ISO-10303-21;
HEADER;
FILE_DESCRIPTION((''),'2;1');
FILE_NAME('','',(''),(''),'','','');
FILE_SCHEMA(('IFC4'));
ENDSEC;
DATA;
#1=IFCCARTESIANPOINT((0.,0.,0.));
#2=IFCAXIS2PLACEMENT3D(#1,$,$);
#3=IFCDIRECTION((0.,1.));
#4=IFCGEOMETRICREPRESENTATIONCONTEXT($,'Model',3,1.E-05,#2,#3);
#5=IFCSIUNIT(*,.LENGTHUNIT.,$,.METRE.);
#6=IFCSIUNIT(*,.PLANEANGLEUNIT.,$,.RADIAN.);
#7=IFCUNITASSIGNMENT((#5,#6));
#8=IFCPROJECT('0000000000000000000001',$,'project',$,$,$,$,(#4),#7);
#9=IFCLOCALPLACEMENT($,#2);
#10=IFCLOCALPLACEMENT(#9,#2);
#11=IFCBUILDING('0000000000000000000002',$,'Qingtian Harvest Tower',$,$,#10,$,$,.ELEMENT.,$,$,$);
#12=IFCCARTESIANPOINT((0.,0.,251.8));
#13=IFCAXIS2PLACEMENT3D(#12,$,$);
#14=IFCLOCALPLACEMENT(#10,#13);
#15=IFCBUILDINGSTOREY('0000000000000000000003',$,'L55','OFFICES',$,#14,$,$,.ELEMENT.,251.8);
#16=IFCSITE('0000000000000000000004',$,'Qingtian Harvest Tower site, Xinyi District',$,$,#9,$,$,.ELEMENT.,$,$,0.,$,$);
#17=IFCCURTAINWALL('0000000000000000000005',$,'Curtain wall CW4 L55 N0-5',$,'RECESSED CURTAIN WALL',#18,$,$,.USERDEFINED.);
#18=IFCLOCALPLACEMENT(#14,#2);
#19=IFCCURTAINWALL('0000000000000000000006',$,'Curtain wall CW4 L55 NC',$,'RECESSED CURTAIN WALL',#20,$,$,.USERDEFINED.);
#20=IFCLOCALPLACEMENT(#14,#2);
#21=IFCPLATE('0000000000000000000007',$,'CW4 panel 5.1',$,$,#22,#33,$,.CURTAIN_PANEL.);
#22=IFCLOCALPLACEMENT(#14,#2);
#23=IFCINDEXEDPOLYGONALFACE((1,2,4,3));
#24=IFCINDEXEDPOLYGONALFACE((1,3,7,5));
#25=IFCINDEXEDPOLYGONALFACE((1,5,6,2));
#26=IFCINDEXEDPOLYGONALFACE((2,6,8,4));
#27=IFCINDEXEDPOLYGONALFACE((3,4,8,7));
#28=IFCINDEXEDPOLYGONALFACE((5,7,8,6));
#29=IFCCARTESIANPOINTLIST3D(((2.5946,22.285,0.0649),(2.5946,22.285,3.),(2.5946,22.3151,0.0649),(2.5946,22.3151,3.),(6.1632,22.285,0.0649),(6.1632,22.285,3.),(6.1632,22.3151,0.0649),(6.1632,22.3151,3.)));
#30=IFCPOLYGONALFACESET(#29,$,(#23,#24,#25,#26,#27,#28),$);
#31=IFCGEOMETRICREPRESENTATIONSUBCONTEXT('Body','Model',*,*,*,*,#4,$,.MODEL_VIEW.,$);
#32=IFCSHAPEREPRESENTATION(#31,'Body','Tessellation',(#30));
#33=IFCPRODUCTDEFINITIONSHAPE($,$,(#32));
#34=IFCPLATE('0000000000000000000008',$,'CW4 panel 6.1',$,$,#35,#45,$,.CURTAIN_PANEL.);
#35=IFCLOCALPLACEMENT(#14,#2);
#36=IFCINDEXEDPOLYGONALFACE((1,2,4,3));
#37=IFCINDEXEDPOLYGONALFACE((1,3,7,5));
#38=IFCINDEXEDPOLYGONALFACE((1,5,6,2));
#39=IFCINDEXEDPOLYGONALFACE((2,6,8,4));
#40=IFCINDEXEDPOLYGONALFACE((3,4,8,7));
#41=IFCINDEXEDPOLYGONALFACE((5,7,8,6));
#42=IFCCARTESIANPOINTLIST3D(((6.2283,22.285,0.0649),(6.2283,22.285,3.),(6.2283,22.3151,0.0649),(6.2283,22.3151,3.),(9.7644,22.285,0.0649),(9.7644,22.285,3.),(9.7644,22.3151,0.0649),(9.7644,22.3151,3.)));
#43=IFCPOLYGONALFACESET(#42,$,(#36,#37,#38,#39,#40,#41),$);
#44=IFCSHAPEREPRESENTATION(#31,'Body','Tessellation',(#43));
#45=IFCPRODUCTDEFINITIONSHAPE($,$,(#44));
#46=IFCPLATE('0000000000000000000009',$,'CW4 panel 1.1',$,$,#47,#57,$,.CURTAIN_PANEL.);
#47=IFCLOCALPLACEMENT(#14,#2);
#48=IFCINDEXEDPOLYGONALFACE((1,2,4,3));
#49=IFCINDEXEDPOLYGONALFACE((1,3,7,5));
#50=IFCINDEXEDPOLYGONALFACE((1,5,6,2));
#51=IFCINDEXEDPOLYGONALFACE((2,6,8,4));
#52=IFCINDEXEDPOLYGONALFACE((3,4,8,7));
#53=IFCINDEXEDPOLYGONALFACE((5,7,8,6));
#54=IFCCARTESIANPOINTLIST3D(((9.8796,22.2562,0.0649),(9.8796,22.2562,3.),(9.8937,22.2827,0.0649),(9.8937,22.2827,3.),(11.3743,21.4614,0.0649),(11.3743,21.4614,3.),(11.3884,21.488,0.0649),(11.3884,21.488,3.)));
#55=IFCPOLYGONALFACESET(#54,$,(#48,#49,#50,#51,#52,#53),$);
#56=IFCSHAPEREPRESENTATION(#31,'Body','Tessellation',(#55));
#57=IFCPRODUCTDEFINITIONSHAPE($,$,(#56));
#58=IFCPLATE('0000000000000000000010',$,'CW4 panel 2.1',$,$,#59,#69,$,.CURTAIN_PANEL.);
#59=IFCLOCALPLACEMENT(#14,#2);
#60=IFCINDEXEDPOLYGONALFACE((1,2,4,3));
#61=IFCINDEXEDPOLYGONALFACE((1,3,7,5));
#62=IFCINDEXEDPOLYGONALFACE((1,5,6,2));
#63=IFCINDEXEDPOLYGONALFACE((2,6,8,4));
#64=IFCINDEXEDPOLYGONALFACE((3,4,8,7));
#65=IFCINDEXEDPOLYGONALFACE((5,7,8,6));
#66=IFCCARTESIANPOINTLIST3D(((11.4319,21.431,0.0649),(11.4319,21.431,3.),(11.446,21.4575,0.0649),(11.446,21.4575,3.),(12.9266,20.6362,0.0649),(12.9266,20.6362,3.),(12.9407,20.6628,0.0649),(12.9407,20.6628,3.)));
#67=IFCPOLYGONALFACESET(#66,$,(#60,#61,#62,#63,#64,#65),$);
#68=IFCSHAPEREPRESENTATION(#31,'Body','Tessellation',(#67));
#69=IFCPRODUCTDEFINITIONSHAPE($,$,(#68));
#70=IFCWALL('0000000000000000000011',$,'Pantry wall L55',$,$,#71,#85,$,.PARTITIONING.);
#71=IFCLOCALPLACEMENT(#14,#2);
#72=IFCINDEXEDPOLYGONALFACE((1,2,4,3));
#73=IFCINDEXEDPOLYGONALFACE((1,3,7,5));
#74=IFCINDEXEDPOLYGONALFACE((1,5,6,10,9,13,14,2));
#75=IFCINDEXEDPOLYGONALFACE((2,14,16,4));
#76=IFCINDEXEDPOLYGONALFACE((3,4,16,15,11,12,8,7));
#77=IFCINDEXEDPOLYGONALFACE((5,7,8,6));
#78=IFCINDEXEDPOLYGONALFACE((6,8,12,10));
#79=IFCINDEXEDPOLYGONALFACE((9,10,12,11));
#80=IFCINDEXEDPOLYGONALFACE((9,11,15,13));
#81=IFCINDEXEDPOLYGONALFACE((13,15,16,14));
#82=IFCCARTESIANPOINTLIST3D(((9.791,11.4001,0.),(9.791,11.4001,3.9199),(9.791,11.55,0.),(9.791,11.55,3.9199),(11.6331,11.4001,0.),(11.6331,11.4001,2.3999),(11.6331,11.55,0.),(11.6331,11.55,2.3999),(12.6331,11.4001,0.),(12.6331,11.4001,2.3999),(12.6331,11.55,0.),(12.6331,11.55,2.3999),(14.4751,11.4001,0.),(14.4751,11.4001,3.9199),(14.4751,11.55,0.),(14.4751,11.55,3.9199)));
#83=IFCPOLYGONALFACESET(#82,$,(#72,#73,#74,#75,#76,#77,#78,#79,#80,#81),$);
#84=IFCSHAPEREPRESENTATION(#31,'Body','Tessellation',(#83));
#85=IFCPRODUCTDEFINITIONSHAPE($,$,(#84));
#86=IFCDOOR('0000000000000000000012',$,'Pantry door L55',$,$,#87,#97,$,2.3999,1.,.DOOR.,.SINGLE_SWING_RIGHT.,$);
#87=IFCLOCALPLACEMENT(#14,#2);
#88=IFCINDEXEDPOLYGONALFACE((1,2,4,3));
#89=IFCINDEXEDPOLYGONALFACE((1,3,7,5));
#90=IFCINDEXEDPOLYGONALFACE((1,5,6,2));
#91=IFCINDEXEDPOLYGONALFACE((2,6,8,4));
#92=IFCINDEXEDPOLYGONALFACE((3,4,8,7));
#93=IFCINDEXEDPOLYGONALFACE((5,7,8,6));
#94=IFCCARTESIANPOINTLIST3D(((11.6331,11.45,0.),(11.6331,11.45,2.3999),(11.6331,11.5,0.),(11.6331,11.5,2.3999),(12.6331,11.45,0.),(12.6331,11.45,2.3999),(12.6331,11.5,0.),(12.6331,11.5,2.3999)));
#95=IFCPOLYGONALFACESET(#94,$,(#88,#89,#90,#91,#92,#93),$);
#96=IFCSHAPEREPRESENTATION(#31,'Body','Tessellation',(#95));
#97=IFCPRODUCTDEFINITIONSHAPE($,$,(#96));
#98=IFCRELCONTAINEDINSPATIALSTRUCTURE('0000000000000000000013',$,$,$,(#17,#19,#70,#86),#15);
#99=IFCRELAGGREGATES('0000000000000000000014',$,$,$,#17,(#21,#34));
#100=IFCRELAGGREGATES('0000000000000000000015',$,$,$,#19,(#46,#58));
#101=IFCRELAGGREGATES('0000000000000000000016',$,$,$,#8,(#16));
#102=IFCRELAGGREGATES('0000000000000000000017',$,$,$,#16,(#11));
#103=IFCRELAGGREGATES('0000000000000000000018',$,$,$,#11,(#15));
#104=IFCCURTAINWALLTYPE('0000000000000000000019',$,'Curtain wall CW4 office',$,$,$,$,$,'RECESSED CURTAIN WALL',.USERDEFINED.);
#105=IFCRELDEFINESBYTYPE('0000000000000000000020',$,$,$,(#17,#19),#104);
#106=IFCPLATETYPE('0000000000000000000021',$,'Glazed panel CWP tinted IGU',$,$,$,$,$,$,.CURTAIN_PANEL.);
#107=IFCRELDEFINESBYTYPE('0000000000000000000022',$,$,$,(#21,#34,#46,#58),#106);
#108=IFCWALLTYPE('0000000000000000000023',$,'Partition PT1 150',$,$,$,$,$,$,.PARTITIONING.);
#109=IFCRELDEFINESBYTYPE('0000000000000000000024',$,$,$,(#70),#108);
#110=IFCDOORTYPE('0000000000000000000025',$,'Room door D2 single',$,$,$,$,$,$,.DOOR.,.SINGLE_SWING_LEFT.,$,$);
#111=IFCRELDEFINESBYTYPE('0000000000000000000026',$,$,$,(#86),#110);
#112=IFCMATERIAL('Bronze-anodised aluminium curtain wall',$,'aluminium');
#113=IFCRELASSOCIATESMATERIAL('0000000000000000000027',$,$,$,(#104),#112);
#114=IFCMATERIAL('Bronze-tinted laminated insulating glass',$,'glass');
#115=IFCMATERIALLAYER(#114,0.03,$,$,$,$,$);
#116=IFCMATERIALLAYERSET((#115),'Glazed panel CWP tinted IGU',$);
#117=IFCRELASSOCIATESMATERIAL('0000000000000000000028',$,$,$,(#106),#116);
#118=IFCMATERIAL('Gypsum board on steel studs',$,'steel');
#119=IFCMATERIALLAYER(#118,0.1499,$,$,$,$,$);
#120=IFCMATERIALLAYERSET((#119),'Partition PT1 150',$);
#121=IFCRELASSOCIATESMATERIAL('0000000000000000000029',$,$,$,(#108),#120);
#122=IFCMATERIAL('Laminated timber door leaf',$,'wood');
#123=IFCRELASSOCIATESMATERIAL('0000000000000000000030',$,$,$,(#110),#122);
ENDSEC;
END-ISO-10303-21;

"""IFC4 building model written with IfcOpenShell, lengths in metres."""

from ifc_helpers import new_model, si_unit, direction, frame, frame_2d, origin, origin_2d, place, context, subcontext, project, spatial, rectangle, extrude, material, layer, layer_set, type_object, element, fill, aggregate, save


model = new_model("IFC4")

# Units and contexts
model_context = context("Model", 3, precision=1e-05, world=origin(), true_north=direction((0.0, 1.0)))
body_context = subcontext(model_context, "Body", "Model", "MODEL_VIEW")
ifc_project = project(units=[si_unit("LENGTHUNIT", "METRE"), si_unit("PLANEANGLEUNIT", "RADIAN")], contexts=[model_context])

# Site, building, storey
site_placement = place(None, origin())
site = spatial("IfcSite", under=ifc_project, at=site_placement, Name="Qingtian Harvest Tower site, Xinyi District", CompositionType="ELEMENT", RefElevation=0.0)
building_placement = place(site_placement, origin())
building = spatial("IfcBuilding", under=site, at=building_placement, Name="Qingtian Harvest Tower", CompositionType="ELEMENT")
storey_placement = place(building_placement, frame((0.0, 0.0, 251.8)))
storey = spatial("IfcBuildingStorey", under=building, at=storey_placement, Name="L55", Description="OFFICES", CompositionType="ELEMENT", Elevation=251.8)

# Curtain walls
ifc_material_1 = material(Name="Bronze-anodised aluminium curtain wall", Category="aluminium")
curtain_wall_type = type_object("IfcCurtainWallType", Name="Curtain wall CW4 office", ElementType="RECESSED CURTAIN WALL", PredefinedType="USERDEFINED", material=ifc_material_1)
curtain_wall_1_placement = place(storey_placement, origin())
curtain_wall_1 = element("IfcCurtainWall", 1, at=curtain_wall_1_placement, inside=storey, type_object=curtain_wall_type, Name="Curtain wall CW4 L55 N0-5", ObjectType="RECESSED CURTAIN WALL", PredefinedType="USERDEFINED")
curtain_wall_2_placement = place(storey_placement, origin())
curtain_wall_2 = element("IfcCurtainWall", 2, at=curtain_wall_2_placement, inside=storey, type_object=curtain_wall_type, Name="Curtain wall CW4 L55 NC", ObjectType="RECESSED CURTAIN WALL", PredefinedType="USERDEFINED")

# Plates
ifc_material_2 = material(Name="Bronze-tinted laminated insulating glass", Category="glass")
ifc_layer_1 = layer(ifc_material_2, 0.03)
ifc_layer_set_1 = layer_set([ifc_layer_1], Name="Glazed panel CWP tinted IGU")
plate_type = type_object("IfcPlateType", Name="Glazed panel CWP tinted IGU", PredefinedType="CURTAIN_PANEL", material=ifc_layer_set_1)
plate_1_placement = place(storey_placement, frame((4.3789, 22.3, 0.0649), z_axis=(0.0, 0.0, 1.0), x_axis=(1.0, 0.0, 0.0)))
plate_1 = element("IfcPlate", 3, at=plate_1_placement, type_object=plate_type, Name="CW4 panel 5.1", PredefinedType="CURTAIN_PANEL", context=body_context, shape_type="SweptSolid", body=[
    extrude(rectangle(XDim=3.5686, YDim=0.03, at=origin_2d()), origin(), (0.0, 0.0, 1.0), 2.9351),
])
plate_2_placement = place(storey_placement, frame((7.9963, 22.3, 0.0649), z_axis=(0.0, 0.0, 1.0), x_axis=(1.0, 0.0, 0.0)))
plate_2 = element("IfcPlate", 4, at=plate_2_placement, type_object=plate_type, Name="CW4 panel 6.1", PredefinedType="CURTAIN_PANEL", context=body_context, shape_type="SweptSolid", body=[
    extrude(rectangle(XDim=3.5361, YDim=0.03, at=origin_2d()), origin(), (0.0, 0.0, 1.0), 2.9351),
])
aggregate(curtain_wall_1, [plate_1, plate_2])
plate_3_placement = place(storey_placement, frame((10.634, 21.8721, 0.0649), z_axis=(0.0, 0.0, 1.0), x_axis=(0.882948, -0.469472, 0.0)))
plate_3 = element("IfcPlate", 5, at=plate_3_placement, type_object=plate_type, Name="CW4 panel 1.1", PredefinedType="CURTAIN_PANEL", context=body_context, shape_type="SweptSolid", body=[
    extrude(rectangle(XDim=1.6929, YDim=0.03, at=origin_2d()), origin(), (0.0, 0.0, 1.0), 2.9351),
])
plate_4_placement = place(storey_placement, frame((12.1863, 21.0469, 0.0649), z_axis=(0.0, 0.0, 1.0), x_axis=(0.882948, -0.469472, 0.0)))
plate_4 = element("IfcPlate", 6, at=plate_4_placement, type_object=plate_type, Name="CW4 panel 2.1", PredefinedType="CURTAIN_PANEL", context=body_context, shape_type="SweptSolid", body=[
    extrude(rectangle(XDim=1.6929, YDim=0.03, at=origin_2d()), origin(), (0.0, 0.0, 1.0), 2.9351),
])
aggregate(curtain_wall_2, [plate_3, plate_4])

# Wall, opening, door
ifc_material_3 = material(Name="Gypsum board on steel studs", Category="steel")
ifc_layer_2 = layer(ifc_material_3, 0.1499)
ifc_layer_set_2 = layer_set([ifc_layer_2], Name="Partition PT1 150")
wall_type = type_object("IfcWallType", Name="Partition PT1 150", PredefinedType="PARTITIONING", material=ifc_layer_set_2)
wall_placement = place(storey_placement, frame((9.791, 11.4751, 0.0), z_axis=(0.0, 0.0, 1.0), x_axis=(1.0, 0.0, 0.0)))
wall = element("IfcWall", 7, at=wall_placement, inside=storey, type_object=wall_type, Name="Pantry wall L55", PredefinedType="PARTITIONING", context=body_context, shape_type="SweptSolid", body=[
    extrude(rectangle(XDim=4.6841, YDim=0.1499, at=frame_2d((2.342, 0.0))), origin(), (0.0, 0.0, 1.0), 3.9199),
])
opening_placement = place(wall_placement, frame((1.842, 0.0, 0.0)))
opening = element("IfcOpeningElement", 8, at=opening_placement, cuts=wall, PredefinedType="OPENING", context=body_context, shape_type="SweptSolid", body=[
    extrude(rectangle(XDim=1.0, YDim=2.3999, at=frame_2d((0.5, 1.2))), frame((0.0, 0.085, 0.0), z_axis=(0.0, -1.0, 0.0), x_axis=(1.0, 0.0, 0.0)), (0.0, 0.0, 1.0), 0.1699),
])
ifc_material_4 = material(Name="Laminated timber door leaf", Category="wood")
door_type = type_object("IfcDoorType", Name="Room door D2 single", OperationType="SINGLE_SWING_LEFT", PredefinedType="DOOR", material=ifc_material_4)
door_placement = place(opening_placement, origin())
door = element("IfcDoor", 9, at=door_placement, inside=storey, type_object=door_type, Name="Pantry door L55", OperationType="SINGLE_SWING_RIGHT", OverallHeight=2.3999, OverallWidth=1.0, PredefinedType="DOOR", context=body_context, shape_type="SweptSolid", body=[
    extrude(rectangle(XDim=1.0, YDim=2.3999, at=frame_2d((0.5, 1.2))), frame((0.0, 0.0249, 0.0), z_axis=(0.0, -1.0, 0.0), x_axis=(1.0, 0.0, 0.0)), (0.0, 0.0, 1.0), 0.05),
])
fill(opening, door)

save(model, "model.ifc")
